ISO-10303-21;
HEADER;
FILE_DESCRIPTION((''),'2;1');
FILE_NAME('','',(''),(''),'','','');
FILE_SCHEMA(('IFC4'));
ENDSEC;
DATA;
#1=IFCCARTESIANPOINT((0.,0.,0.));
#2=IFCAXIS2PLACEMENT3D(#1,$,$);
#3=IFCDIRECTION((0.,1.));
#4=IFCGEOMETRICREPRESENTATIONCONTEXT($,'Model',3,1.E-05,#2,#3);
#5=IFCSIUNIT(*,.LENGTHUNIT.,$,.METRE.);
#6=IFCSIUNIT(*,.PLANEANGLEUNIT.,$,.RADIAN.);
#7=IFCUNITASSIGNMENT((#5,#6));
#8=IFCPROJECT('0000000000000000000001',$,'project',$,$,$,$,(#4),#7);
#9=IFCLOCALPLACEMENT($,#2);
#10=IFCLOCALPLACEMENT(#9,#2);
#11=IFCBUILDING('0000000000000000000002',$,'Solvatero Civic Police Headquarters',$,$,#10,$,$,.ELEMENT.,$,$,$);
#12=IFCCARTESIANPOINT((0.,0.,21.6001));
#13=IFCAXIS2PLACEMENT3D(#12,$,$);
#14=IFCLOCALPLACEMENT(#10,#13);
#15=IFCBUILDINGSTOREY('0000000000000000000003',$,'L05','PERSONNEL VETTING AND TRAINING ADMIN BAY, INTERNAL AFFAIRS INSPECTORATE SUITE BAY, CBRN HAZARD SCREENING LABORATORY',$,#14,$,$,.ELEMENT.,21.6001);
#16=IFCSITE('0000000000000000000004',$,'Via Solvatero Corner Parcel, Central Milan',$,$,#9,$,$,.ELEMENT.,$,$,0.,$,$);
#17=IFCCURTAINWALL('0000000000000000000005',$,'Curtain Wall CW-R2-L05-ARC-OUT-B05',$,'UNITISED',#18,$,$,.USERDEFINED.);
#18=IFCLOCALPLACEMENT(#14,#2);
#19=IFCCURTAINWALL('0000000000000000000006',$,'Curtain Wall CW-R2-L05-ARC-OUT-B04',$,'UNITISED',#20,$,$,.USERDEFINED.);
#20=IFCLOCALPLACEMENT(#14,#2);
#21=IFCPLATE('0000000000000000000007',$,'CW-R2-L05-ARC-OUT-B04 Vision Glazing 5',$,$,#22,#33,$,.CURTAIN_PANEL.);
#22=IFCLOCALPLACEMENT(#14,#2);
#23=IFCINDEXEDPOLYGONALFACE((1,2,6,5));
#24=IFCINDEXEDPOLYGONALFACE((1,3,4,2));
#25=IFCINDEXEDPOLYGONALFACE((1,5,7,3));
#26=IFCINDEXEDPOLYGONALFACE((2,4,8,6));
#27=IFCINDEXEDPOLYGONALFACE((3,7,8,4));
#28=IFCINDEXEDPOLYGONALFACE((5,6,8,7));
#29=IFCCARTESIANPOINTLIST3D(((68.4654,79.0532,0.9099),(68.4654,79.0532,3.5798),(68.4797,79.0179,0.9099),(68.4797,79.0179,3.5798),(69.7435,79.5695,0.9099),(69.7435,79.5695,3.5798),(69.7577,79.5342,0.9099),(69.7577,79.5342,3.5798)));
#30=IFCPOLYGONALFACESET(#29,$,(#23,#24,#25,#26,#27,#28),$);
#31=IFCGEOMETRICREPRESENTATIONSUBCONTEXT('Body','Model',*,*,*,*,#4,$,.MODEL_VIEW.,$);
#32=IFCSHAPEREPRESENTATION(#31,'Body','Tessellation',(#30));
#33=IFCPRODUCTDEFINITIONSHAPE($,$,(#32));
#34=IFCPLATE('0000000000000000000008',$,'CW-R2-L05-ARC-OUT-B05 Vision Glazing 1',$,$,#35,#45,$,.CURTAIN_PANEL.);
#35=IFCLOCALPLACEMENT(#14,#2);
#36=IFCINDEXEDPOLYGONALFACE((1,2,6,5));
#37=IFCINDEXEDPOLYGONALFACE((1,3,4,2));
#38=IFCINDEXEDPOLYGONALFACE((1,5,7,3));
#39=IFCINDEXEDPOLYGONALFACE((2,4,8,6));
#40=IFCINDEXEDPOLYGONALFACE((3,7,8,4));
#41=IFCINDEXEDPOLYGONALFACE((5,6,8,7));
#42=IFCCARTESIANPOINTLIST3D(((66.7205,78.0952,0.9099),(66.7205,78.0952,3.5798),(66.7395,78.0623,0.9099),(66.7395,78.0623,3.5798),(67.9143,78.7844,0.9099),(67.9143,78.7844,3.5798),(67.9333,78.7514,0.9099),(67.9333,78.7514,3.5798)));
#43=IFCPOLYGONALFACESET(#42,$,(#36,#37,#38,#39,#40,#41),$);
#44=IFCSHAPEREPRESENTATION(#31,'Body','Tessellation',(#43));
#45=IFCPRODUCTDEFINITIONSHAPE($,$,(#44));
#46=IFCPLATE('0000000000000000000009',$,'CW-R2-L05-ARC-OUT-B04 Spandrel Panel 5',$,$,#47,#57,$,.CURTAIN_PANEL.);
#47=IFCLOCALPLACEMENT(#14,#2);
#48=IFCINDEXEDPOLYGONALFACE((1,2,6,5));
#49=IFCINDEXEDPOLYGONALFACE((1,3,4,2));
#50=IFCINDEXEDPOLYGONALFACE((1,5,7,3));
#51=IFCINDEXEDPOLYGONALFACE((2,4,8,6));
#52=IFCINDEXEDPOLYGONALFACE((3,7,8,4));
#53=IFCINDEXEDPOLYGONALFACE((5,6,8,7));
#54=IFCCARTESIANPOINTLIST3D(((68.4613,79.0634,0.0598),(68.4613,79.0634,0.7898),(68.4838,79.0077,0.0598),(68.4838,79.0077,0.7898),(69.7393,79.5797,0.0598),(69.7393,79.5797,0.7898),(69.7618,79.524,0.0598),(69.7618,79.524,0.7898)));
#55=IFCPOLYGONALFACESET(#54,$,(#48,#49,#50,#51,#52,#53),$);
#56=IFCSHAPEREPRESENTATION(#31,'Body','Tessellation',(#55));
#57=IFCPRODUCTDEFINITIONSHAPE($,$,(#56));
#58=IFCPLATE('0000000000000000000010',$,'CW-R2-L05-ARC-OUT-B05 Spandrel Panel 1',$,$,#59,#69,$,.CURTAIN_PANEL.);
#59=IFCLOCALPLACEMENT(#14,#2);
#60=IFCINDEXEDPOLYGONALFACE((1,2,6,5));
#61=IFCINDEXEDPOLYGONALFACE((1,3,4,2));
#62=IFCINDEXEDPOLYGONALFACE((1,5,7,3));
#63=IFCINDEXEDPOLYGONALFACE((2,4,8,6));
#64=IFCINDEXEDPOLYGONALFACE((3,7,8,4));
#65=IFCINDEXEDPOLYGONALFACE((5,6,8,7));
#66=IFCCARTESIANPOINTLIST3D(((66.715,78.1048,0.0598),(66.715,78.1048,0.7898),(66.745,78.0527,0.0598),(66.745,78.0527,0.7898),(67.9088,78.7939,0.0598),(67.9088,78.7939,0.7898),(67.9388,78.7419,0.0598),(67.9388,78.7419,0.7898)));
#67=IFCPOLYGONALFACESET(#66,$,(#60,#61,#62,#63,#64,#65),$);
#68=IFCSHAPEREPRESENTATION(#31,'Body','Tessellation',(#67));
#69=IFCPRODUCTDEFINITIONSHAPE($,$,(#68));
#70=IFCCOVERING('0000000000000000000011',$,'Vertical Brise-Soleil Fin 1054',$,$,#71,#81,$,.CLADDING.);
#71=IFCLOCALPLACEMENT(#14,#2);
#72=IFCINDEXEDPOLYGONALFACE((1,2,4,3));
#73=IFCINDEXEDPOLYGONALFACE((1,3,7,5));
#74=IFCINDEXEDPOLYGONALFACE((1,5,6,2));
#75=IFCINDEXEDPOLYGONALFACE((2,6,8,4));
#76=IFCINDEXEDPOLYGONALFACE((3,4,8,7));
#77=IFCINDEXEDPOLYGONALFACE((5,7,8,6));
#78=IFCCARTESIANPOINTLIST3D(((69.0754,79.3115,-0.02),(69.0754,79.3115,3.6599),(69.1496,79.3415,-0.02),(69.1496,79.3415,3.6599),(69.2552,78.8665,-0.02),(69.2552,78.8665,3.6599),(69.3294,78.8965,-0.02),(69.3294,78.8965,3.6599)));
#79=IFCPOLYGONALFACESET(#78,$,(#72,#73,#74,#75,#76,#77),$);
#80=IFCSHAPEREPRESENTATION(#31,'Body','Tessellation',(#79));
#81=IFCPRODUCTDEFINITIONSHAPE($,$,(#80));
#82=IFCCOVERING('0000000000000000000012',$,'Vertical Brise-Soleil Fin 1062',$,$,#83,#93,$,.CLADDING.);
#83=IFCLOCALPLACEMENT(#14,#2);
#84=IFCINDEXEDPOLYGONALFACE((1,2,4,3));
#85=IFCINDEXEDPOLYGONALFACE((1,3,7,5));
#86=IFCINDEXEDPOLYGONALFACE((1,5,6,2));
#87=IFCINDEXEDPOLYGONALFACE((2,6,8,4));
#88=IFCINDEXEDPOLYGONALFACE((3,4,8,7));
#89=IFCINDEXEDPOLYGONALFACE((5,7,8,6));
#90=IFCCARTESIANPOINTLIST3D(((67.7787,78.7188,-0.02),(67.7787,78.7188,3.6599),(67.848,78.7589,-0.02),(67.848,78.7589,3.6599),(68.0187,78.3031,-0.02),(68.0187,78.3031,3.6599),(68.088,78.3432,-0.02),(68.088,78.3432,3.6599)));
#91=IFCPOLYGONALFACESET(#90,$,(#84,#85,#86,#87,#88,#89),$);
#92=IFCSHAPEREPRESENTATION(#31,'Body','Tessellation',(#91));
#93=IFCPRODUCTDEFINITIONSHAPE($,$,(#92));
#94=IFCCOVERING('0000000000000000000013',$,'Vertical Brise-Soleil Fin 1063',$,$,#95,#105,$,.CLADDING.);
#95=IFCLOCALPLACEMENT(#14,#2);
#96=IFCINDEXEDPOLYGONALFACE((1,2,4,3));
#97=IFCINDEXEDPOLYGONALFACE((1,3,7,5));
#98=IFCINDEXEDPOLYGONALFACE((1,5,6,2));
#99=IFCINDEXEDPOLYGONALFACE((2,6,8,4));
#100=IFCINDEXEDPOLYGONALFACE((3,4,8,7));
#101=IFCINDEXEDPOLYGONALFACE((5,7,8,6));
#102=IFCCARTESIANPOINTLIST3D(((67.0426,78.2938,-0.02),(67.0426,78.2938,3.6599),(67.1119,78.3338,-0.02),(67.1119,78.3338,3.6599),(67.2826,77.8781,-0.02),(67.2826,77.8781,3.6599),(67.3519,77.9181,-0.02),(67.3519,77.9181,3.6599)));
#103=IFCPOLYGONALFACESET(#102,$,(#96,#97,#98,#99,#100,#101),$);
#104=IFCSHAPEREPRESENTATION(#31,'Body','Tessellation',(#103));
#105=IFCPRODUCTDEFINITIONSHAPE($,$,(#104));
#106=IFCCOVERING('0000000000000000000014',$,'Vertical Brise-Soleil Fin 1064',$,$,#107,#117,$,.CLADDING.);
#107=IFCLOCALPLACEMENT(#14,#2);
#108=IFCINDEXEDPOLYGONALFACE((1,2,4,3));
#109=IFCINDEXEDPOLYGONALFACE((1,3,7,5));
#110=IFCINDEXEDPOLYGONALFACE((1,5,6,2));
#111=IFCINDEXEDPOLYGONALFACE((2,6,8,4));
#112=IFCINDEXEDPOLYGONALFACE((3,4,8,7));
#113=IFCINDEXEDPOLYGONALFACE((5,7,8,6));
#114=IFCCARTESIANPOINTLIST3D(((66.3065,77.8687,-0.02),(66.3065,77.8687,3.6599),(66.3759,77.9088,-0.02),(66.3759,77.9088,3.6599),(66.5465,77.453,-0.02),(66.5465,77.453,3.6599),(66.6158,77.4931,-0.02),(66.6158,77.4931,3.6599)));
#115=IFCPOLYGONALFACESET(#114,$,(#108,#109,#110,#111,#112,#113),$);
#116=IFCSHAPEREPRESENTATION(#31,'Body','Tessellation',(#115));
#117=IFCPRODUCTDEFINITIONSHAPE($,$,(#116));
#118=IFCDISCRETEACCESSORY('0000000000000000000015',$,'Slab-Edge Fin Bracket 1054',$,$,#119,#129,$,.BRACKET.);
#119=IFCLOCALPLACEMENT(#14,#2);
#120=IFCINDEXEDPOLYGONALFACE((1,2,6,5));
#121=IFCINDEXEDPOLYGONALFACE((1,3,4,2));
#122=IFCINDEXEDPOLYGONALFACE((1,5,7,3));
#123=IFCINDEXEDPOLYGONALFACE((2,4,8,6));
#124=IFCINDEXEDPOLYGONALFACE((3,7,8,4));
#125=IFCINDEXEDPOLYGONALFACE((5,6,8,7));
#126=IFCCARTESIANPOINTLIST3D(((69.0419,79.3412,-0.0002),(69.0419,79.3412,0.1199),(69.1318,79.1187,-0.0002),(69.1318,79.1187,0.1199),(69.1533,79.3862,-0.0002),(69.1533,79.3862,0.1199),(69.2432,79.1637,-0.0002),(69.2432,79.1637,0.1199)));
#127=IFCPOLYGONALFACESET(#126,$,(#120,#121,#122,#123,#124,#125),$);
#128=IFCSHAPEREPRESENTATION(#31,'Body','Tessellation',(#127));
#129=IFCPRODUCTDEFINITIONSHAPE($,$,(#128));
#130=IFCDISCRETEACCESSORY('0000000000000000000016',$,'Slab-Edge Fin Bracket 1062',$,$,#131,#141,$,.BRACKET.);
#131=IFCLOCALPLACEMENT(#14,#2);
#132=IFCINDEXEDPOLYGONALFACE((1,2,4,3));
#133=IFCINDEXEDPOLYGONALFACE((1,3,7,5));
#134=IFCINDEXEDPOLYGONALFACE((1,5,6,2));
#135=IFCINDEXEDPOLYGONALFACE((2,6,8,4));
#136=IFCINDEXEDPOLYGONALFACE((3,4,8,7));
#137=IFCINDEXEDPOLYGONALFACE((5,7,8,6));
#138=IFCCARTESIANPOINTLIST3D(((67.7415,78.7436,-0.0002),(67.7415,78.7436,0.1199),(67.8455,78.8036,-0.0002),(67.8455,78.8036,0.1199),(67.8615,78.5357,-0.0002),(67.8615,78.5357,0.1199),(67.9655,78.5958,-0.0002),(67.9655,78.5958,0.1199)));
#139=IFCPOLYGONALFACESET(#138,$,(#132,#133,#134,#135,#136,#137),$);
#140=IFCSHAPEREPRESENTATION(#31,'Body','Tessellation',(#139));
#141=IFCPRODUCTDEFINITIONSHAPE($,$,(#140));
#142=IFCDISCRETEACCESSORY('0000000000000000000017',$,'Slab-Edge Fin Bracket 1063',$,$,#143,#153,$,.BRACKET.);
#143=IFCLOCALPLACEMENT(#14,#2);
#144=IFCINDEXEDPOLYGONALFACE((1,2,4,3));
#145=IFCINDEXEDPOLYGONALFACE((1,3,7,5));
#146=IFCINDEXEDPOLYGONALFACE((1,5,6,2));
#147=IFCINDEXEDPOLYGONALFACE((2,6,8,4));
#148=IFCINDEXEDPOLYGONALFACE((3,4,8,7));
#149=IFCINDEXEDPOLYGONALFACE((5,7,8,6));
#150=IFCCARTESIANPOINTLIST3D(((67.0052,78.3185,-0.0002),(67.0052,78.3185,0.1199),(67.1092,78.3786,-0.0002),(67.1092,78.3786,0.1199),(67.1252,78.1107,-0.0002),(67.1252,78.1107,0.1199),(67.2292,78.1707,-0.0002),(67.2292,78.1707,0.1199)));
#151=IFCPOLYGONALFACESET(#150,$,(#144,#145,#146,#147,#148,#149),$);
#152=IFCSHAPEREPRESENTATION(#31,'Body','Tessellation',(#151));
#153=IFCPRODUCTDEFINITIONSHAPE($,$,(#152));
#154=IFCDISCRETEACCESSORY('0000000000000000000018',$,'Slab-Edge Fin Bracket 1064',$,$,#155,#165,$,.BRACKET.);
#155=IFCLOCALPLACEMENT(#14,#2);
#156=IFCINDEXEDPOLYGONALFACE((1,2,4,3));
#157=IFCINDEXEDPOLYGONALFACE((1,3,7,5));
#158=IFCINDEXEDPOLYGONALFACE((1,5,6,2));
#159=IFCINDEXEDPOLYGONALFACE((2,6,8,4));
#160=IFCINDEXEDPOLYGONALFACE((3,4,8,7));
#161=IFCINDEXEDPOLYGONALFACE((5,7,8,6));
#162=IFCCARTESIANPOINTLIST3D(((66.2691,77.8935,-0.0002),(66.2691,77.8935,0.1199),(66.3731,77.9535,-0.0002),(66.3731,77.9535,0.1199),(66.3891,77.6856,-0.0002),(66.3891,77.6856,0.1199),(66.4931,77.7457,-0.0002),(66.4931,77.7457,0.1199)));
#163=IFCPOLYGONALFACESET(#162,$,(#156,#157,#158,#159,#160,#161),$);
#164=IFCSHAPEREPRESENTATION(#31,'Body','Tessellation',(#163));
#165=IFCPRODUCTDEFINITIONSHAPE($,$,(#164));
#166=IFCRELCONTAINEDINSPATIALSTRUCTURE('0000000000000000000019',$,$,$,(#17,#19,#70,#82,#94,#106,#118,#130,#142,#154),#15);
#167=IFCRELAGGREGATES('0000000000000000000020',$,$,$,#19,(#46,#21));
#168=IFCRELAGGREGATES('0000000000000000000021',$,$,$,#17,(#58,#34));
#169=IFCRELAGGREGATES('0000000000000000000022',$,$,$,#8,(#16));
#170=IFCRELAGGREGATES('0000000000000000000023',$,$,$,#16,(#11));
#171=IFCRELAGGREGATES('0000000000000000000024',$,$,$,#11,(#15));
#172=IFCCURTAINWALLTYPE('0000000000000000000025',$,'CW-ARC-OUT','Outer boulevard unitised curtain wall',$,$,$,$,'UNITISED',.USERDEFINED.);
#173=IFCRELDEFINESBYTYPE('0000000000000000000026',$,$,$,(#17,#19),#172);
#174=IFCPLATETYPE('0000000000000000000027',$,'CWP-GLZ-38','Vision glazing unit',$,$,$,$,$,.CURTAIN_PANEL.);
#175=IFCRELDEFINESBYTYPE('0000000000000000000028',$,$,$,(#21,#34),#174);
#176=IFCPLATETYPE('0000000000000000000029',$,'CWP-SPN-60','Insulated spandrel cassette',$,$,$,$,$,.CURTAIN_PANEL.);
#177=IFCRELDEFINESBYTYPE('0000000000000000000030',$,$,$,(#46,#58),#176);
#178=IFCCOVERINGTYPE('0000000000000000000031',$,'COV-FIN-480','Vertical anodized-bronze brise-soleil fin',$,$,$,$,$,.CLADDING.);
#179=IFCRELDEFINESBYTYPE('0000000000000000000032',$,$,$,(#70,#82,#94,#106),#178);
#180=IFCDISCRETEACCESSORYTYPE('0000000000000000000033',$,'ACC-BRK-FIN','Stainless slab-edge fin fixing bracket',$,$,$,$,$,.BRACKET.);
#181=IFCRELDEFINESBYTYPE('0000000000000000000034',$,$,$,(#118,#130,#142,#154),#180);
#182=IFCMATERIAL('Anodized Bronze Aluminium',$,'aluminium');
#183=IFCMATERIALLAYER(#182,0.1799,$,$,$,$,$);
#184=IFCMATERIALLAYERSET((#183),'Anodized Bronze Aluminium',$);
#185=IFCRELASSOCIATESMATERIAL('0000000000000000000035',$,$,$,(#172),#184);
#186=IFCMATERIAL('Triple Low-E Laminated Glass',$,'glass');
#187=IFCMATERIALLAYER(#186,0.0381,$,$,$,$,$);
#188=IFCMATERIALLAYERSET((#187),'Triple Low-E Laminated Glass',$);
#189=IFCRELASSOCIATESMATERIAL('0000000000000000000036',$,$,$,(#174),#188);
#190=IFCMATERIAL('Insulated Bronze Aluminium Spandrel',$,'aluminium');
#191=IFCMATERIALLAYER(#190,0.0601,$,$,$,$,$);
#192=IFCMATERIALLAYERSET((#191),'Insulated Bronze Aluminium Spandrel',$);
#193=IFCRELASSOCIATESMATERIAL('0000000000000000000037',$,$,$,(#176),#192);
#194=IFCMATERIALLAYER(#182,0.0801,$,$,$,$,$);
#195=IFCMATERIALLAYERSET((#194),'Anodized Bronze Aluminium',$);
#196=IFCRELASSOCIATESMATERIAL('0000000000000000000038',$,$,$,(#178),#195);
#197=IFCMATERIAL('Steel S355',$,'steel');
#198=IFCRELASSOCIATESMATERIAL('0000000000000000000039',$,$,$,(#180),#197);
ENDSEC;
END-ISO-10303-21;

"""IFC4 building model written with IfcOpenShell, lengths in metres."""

from ifc_helpers import new_model, si_unit, direction, frame, origin, origin_2d, place, context, subcontext, project, spatial, rectangle, extrude, material, layer, layer_set, type_object, element, aggregate, save


model = new_model("IFC4")

# Units and contexts
model_context = context("Model", 3, precision=1e-05, world=origin(), true_north=direction((0.0, 1.0)))
body_context = subcontext(model_context, "Body", "Model", "MODEL_VIEW")
ifc_project = project(units=[si_unit("LENGTHUNIT", "METRE"), si_unit("PLANEANGLEUNIT", "RADIAN")], contexts=[model_context])

# Site, building, storey
site_placement = place(None, origin())
site = spatial("IfcSite", under=ifc_project, at=site_placement, Name="Via Solvatero Corner Parcel, Central Milan", CompositionType="ELEMENT", RefElevation=0.0)
building_placement = place(site_placement, origin())
building = spatial("IfcBuilding", under=site, at=building_placement, Name="Solvatero Civic Police Headquarters", CompositionType="ELEMENT")
storey_placement = place(building_placement, frame((0.0, 0.0, 21.6001)))
storey = spatial("IfcBuildingStorey", under=building, at=storey_placement, Name="L05", Description="PERSONNEL VETTING AND TRAINING ADMIN BAY, INTERNAL AFFAIRS INSPECTORATE SUITE BAY, CBRN HAZARD SCREENING LABORATORY", CompositionType="ELEMENT", Elevation=21.6001)

# Shared definitions
ifc_material_1 = material(Name="Steel S355", Category="steel")

# Curtain wall
ifc_material_2 = material(Name="Anodized Bronze Aluminium", Category="aluminium")
ifc_layer_1 = layer(ifc_material_2, 0.1799)
ifc_layer_set_1 = layer_set([ifc_layer_1], Name="Anodized Bronze Aluminium")
curtain_wall_type = type_object("IfcCurtainWallType", Name="CW-ARC-OUT", Description="Outer boulevard unitised curtain wall", ElementType="UNITISED", PredefinedType="USERDEFINED", material=ifc_layer_set_1)
curtain_wall_1_placement = place(storey_placement, origin())
curtain_wall_1 = element("IfcCurtainWall", 1, at=curtain_wall_1_placement, inside=storey, type_object=curtain_wall_type, Name="Curtain Wall CW-R2-L05-ARC-OUT-B05", ObjectType="UNITISED", PredefinedType="USERDEFINED")

# Curtain wall
curtain_wall_2_placement = place(storey_placement, origin())
curtain_wall_2 = element("IfcCurtainWall", 2, at=curtain_wall_2_placement, inside=storey, type_object=curtain_wall_type, Name="Curtain Wall CW-R2-L05-ARC-OUT-B04", ObjectType="UNITISED", PredefinedType="USERDEFINED")

# Plates
ifc_material_3 = material(Name="Triple Low-E Laminated Glass", Category="glass")
ifc_layer_2 = layer(ifc_material_3, 0.0381)
ifc_layer_set_2 = layer_set([ifc_layer_2], Name="Triple Low-E Laminated Glass")
plate_type_1 = type_object("IfcPlateType", Name="CWP-GLZ-38", Description="Vision glazing unit", PredefinedType="CURTAIN_PANEL", material=ifc_layer_set_2)
plate_1_placement = place(storey_placement, frame((69.1116, 79.2937, 0.9099), z_axis=(0.0, 0.0, 1.0), x_axis=(-0.927184, -0.374607, 0.0)))
plate_1 = element("IfcPlate", 3, at=plate_1_placement, type_object=plate_type_1, Name="CW-R2-L05-ARC-OUT-B04 Vision Glazing 5", PredefinedType="CURTAIN_PANEL", context=body_context, shape_type="SweptSolid", body=[
    extrude(rectangle(XDim=1.3784, YDim=0.0381, at=origin_2d()), origin(), (0.0, 0.0, 1.0), 2.6699),
])
plate_2_placement = place(storey_placement, frame((67.3269, 78.4233, 0.9099), z_axis=(0.0, 0.0, 1.0), x_axis=(-0.866034, -0.499985, 0.0)))
plate_2 = element("IfcPlate", 4, at=plate_2_placement, type_object=plate_type_1, Name="CW-R2-L05-ARC-OUT-B05 Vision Glazing 1", PredefinedType="CURTAIN_PANEL", context=body_context, shape_type="SweptSolid", body=[
    extrude(rectangle(XDim=1.3784, YDim=0.0381, at=origin_2d()), origin(), (0.0, 0.0, 1.0), 2.6699),
])
ifc_material_4 = material(Name="Insulated Bronze Aluminium Spandrel", Category="aluminium")
ifc_layer_3 = layer(ifc_material_4, 0.0601)
ifc_layer_set_3 = layer_set([ifc_layer_3], Name="Insulated Bronze Aluminium Spandrel")
plate_type_2 = type_object("IfcPlateType", Name="CWP-SPN-60", Description="Insulated spandrel cassette", PredefinedType="CURTAIN_PANEL", material=ifc_layer_set_3)
plate_3_placement = place(storey_placement, frame((69.1116, 79.2937, 0.0598), z_axis=(0.0, 0.0, 1.0), x_axis=(-0.927184, -0.374607, 0.0)))
plate_3 = element("IfcPlate", 5, at=plate_3_placement, type_object=plate_type_2, Name="CW-R2-L05-ARC-OUT-B04 Spandrel Panel 5", PredefinedType="CURTAIN_PANEL", context=body_context, shape_type="SweptSolid", body=[
    extrude(rectangle(XDim=1.3784, YDim=0.0601, at=origin_2d()), origin(), (0.0, 0.0, 1.0), 0.73),
])
aggregate(curtain_wall_2, [plate_3, plate_1])
plate_4_placement = place(storey_placement, frame((67.3269, 78.4233, 0.0598), z_axis=(0.0, 0.0, 1.0), x_axis=(-0.866034, -0.499985, 0.0)))
plate_4 = element("IfcPlate", 6, at=plate_4_placement, type_object=plate_type_2, Name="CW-R2-L05-ARC-OUT-B05 Spandrel Panel 1", PredefinedType="CURTAIN_PANEL", context=body_context, shape_type="SweptSolid", body=[
    extrude(rectangle(XDim=1.3784, YDim=0.0601, at=origin_2d()), origin(), (0.0, 0.0, 1.0), 0.73),
])
aggregate(curtain_wall_1, [plate_4, plate_2])

# Coverings
ifc_layer_4 = layer(ifc_material_2, 0.0801)
ifc_layer_set_4 = layer_set([ifc_layer_4], Name="Anodized Bronze Aluminium")
covering_type = type_object("IfcCoveringType", Name="COV-FIN-480", Description="Vertical anodized-bronze brise-soleil fin", PredefinedType="CLADDING", material=ifc_layer_set_4)
for number, where, z_axis, x_axis, name in (
    (7, (69.2024, 79.104, -0.02), (0.0, 0.0, 1.0), (-0.927184, -0.374607, 0.0), "Vertical Brise-Soleil Fin 1054"),
    (8, (67.9333, 78.531, -0.02), (0.0, 0.0, 1.0), (-0.866034, -0.499985, 0.0), "Vertical Brise-Soleil Fin 1062"),
    (9, (67.1973, 78.106, -0.02), (0.0, 0.0, 1.0), (-0.866034, -0.499985, 0.0), "Vertical Brise-Soleil Fin 1063"),
    (10, (66.4612, 77.6809, -0.02), (0.0, 0.0, 1.0), (-0.866034, -0.499985, 0.0), "Vertical Brise-Soleil Fin 1064"),
):
    element("IfcCovering", number, at=place(storey_placement, frame(where, z_axis=z_axis, x_axis=x_axis)), inside=storey, type_object=covering_type, Name=name, PredefinedType="CLADDING", context=body_context, shape_type="SweptSolid", body=[
        extrude(rectangle(XDim=0.0801, YDim=0.48, at=origin_2d()), origin(), (0.0, 0.0, 1.0), 3.6799),
    ])

# Discrete accessories
discrete_accessory_type = type_object("IfcDiscreteAccessoryType", Name="ACC-BRK-FIN", Description="Stainless slab-edge fin fixing bracket", PredefinedType="BRACKET", material=ifc_material_1)
for number, where, z_axis, x_axis, name in (
    (11, (69.1426, 79.2524, -0.0002), (0.0, 0.0, 1.0), (-0.927184, -0.374607, 0.0), "Slab-Edge Fin Bracket 1054"),
    (12, (67.8535, 78.6697, -0.0002), (0.0, 0.0, 1.0), (-0.866034, -0.499985, 0.0), "Slab-Edge Fin Bracket 1062"),
    (13, (67.1172, 78.2446, -0.0002), (0.0, 0.0, 1.0), (-0.866034, -0.499985, 0.0), "Slab-Edge Fin Bracket 1063"),
    (14, (66.3811, 77.8196, -0.0002), (0.0, 0.0, 1.0), (-0.866034, -0.499985, 0.0), "Slab-Edge Fin Bracket 1064"),
):
    element("IfcDiscreteAccessory", number, at=place(storey_placement, frame(where, z_axis=z_axis, x_axis=x_axis)), inside=storey, type_object=discrete_accessory_type, Name=name, PredefinedType="BRACKET", context=body_context, shape_type="SweptSolid", body=[
        extrude(rectangle(XDim=0.1201, YDim=0.24, at=origin_2d()), origin(), (0.0, 0.0, 1.0), 0.1201),
    ])

save(model, "model.ifc")
